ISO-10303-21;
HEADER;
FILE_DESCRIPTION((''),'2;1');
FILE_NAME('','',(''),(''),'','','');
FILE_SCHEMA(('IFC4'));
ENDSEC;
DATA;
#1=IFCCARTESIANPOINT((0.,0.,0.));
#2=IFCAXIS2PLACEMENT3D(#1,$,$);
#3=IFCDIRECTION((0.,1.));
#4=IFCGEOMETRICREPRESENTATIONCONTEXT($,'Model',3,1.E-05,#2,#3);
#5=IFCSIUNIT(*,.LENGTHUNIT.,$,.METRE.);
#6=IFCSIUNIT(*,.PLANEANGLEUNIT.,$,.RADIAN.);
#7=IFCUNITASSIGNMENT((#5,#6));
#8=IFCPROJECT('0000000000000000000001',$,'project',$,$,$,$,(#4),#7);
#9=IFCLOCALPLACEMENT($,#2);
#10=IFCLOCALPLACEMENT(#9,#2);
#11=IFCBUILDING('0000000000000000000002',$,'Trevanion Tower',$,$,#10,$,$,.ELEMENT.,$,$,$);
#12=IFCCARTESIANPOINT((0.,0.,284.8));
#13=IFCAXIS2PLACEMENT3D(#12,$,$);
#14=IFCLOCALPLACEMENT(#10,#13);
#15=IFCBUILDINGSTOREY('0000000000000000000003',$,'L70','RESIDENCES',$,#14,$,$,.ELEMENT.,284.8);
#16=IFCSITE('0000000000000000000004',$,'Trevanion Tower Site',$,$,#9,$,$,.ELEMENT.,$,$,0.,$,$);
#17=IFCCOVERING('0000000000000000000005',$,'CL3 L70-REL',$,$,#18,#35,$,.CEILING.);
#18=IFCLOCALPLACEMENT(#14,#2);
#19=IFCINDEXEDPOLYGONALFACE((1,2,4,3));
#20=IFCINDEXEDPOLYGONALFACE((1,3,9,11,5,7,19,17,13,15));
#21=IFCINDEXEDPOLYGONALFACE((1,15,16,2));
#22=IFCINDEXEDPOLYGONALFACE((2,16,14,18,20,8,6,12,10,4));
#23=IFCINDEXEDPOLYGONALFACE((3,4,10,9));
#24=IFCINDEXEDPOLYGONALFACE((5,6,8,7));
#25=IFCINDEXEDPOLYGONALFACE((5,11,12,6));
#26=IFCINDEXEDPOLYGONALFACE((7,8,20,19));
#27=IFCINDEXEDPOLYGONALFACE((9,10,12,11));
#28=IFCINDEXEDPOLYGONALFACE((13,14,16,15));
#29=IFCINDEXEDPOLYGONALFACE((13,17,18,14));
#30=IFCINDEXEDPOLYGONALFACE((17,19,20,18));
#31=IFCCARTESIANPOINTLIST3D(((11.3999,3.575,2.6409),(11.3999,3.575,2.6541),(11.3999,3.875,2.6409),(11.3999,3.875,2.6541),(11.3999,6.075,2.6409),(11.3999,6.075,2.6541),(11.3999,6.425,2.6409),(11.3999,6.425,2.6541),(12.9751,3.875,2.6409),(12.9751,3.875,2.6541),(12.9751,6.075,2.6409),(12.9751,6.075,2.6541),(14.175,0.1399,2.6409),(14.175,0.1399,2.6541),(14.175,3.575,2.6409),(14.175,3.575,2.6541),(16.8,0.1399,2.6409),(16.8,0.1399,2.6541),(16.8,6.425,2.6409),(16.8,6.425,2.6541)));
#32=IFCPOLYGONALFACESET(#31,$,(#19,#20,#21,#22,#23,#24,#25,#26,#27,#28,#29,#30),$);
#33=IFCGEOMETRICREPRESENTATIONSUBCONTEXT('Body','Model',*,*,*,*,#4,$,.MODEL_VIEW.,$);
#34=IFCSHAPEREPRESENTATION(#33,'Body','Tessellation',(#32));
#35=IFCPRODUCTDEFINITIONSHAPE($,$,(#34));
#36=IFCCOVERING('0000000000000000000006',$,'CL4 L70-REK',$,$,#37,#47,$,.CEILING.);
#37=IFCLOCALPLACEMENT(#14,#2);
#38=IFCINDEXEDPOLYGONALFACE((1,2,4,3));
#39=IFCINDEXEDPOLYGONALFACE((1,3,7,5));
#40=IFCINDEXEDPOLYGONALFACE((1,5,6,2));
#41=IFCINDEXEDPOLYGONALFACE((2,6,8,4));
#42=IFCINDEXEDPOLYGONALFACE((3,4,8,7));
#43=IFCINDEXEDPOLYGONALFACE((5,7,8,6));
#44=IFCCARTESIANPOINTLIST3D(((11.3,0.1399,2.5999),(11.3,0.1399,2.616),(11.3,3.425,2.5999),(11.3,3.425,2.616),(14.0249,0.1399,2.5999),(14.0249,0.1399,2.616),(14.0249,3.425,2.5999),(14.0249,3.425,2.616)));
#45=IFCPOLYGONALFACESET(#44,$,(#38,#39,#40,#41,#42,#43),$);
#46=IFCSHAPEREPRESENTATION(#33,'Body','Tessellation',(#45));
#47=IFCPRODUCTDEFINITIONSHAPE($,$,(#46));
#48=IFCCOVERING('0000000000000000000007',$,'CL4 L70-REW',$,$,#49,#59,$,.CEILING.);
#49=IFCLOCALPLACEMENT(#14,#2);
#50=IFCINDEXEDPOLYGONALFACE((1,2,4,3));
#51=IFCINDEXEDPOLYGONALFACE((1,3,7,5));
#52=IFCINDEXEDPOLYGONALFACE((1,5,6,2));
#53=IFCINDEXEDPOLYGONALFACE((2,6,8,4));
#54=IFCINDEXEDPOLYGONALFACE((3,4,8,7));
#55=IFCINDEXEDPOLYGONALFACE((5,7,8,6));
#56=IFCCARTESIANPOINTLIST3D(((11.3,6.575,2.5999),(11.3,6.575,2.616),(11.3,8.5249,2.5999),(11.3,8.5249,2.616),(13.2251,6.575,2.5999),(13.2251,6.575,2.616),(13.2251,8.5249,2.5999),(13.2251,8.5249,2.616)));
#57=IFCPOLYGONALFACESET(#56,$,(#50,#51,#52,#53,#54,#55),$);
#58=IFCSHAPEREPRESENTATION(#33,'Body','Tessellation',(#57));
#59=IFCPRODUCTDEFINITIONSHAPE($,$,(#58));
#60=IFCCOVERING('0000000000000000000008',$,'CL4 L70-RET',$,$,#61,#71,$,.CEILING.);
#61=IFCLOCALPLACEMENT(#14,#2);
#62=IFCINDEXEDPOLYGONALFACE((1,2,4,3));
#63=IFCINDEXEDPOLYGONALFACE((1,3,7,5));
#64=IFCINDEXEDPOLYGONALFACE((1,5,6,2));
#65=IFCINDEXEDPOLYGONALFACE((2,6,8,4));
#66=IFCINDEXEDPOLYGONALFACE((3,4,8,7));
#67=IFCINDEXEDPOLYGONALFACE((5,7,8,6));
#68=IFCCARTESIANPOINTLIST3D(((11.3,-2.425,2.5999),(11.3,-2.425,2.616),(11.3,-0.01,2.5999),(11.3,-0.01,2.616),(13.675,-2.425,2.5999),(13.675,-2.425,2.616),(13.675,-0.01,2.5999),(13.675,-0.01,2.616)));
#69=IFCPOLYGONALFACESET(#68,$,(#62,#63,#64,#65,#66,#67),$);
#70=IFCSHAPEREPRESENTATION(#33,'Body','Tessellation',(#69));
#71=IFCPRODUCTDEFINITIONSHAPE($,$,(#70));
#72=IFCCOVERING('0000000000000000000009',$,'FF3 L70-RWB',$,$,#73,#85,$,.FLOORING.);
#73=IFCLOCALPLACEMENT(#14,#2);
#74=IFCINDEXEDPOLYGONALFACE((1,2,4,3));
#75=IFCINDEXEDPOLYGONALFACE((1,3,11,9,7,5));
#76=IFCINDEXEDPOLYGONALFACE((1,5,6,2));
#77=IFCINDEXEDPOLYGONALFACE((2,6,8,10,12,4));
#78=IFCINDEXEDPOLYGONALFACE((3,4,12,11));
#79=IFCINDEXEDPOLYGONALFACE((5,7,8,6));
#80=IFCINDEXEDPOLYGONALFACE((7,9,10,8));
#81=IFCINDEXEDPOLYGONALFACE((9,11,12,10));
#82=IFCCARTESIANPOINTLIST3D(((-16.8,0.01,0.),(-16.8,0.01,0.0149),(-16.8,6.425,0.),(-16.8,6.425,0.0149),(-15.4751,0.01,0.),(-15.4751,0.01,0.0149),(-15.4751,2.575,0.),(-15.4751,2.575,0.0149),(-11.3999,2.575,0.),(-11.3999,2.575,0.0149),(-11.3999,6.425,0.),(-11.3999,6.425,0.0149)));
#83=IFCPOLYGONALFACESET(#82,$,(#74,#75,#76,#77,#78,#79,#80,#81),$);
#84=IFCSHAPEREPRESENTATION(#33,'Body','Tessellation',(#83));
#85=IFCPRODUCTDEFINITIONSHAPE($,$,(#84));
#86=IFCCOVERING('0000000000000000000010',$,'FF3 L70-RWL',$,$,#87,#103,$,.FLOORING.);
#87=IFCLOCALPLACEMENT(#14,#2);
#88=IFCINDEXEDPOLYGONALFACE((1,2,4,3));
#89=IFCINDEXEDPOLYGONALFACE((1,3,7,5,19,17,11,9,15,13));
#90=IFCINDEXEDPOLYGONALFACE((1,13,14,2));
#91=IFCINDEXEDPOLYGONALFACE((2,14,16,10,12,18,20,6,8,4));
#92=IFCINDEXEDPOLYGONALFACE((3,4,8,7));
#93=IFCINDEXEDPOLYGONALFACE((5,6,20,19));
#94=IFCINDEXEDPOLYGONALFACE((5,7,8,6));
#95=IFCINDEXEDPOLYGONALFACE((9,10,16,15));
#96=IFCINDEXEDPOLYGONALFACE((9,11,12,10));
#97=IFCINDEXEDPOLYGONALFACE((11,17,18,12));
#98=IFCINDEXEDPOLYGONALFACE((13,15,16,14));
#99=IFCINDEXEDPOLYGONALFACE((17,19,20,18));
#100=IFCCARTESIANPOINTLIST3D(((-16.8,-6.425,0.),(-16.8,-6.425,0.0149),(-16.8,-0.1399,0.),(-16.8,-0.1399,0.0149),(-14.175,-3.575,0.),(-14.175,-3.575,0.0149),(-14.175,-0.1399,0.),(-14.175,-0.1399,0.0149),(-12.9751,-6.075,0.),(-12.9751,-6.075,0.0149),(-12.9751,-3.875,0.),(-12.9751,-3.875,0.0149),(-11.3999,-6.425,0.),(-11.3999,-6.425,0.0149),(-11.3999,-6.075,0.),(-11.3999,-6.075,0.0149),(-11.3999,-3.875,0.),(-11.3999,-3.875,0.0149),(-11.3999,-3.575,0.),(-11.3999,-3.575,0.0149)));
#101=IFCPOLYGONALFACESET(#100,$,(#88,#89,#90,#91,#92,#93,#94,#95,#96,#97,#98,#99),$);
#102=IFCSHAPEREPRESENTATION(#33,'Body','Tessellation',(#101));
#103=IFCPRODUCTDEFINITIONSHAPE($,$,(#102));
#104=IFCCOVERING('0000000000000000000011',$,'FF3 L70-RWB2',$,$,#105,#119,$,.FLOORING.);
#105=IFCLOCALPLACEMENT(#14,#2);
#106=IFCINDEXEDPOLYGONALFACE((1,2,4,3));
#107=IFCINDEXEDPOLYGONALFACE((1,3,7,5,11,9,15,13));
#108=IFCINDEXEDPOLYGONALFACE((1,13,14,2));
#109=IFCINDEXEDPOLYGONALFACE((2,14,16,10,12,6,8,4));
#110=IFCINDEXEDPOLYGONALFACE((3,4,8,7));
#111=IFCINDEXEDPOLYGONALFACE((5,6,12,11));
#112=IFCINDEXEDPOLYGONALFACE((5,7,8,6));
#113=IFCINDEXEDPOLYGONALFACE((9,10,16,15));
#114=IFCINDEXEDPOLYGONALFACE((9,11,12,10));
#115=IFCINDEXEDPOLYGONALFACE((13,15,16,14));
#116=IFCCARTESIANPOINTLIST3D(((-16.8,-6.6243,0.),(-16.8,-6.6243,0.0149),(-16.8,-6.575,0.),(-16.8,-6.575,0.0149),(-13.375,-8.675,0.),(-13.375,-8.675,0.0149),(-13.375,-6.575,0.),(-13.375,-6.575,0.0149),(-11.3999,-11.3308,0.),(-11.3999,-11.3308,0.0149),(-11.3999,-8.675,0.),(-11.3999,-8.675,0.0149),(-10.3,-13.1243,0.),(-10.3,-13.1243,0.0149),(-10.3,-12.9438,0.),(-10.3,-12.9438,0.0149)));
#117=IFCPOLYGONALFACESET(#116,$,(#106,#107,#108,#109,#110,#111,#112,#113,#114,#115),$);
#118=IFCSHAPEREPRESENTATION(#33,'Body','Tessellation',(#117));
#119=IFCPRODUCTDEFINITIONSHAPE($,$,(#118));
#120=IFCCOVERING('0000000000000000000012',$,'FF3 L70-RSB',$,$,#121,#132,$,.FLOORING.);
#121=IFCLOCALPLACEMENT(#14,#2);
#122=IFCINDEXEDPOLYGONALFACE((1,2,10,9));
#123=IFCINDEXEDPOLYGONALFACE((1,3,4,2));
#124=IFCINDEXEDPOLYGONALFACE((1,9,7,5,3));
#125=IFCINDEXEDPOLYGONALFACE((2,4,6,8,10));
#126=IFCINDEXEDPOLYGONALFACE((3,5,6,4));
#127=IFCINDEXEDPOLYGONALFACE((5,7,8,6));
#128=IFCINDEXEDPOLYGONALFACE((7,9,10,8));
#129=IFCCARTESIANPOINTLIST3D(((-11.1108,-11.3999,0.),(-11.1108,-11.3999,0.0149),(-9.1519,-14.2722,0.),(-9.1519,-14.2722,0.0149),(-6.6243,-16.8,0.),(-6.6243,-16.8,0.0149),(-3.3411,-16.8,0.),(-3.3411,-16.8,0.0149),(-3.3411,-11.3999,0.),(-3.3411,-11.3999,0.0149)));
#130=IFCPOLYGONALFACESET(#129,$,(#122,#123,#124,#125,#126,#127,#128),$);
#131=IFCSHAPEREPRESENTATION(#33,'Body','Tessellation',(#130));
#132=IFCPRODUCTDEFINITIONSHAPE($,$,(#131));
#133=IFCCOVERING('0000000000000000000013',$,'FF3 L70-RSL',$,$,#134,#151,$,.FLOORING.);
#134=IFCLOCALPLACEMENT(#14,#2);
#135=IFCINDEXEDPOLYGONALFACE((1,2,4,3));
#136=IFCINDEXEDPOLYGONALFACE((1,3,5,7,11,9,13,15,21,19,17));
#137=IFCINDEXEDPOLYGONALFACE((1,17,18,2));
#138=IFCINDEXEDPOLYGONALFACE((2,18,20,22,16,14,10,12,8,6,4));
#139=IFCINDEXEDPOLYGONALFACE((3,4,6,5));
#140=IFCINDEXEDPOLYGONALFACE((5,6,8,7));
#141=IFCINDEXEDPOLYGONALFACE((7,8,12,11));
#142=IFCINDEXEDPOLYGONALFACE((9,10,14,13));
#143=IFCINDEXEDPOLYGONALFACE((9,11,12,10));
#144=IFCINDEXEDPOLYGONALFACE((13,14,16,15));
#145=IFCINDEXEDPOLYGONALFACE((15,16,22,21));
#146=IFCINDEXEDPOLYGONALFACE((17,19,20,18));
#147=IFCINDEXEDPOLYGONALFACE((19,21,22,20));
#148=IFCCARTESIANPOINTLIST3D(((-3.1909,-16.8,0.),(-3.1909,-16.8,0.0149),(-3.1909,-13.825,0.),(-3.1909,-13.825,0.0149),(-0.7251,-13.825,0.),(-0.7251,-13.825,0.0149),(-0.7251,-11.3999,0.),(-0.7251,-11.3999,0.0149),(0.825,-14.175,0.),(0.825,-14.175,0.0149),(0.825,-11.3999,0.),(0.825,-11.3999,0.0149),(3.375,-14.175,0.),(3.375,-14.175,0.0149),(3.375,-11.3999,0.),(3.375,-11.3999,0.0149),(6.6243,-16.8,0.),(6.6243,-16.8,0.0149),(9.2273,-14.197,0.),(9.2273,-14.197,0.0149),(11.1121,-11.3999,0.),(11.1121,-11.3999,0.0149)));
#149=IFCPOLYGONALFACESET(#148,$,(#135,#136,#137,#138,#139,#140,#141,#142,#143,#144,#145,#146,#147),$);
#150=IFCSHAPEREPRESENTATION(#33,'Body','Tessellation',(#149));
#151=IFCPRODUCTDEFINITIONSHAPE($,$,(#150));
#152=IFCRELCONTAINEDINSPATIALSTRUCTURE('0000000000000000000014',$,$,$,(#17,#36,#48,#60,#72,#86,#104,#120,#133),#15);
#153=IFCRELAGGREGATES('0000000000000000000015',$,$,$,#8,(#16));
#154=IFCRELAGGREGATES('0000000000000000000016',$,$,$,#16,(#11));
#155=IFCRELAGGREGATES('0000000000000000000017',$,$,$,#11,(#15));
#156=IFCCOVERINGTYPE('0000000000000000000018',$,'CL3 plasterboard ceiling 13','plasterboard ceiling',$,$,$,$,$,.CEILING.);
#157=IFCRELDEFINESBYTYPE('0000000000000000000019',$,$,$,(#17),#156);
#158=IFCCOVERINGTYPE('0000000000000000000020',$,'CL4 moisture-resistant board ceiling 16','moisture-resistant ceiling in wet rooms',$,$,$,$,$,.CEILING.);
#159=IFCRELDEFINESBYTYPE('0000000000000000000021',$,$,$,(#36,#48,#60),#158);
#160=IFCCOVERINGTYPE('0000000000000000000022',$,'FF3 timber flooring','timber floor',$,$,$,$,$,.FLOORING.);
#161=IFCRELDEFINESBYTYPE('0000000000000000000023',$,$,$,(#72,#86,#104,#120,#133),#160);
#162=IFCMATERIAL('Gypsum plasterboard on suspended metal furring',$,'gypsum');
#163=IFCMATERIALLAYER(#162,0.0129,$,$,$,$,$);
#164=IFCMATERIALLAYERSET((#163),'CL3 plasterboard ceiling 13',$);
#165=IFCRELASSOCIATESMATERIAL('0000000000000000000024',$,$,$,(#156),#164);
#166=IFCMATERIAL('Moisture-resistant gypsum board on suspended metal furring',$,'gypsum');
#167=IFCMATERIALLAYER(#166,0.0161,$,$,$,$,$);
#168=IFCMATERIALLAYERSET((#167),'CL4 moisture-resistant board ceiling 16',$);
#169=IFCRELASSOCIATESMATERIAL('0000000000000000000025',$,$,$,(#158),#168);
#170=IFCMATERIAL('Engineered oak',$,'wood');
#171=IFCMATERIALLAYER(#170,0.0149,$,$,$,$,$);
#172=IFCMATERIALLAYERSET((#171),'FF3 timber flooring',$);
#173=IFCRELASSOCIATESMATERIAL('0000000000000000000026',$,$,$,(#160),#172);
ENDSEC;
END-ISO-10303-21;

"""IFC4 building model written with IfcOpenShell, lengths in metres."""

from ifc_helpers import new_model, si_unit, direction, frame, origin, place, context, subcontext, project, spatial, polyline, outline, extrude, material, layer, layer_set, type_object, element, save


model = new_model("IFC4")

# Units and contexts
model_context = context("Model", 3, precision=1e-05, world=origin(), true_north=direction((0.0, 1.0)))
body_context = subcontext(model_context, "Body", "Model", "MODEL_VIEW")
ifc_project = project(units=[si_unit("LENGTHUNIT", "METRE"), si_unit("PLANEANGLEUNIT", "RADIAN")], contexts=[model_context])

# Site, building, storey
site_placement = place(None, origin())
site = spatial("IfcSite", under=ifc_project, at=site_placement, Name="Trevanion Tower Site", CompositionType="ELEMENT", RefElevation=0.0)
building_placement = place(site_placement, origin())
building = spatial("IfcBuilding", under=site, at=building_placement, Name="Trevanion Tower", CompositionType="ELEMENT")
storey_placement = place(building_placement, frame((0.0, 0.0, 284.8)))
storey = spatial("IfcBuildingStorey", under=building, at=storey_placement, Name="L70", Description="RESIDENCES", CompositionType="ELEMENT", Elevation=284.8)

# Coverings
ifc_material_1 = material(Name="Gypsum plasterboard on suspended metal furring", Category="gypsum")
ifc_layer_1 = layer(ifc_material_1, 0.0129)
ifc_layer_set_1 = layer_set([ifc_layer_1], Name="CL3 plasterboard ceiling 13")
covering_type_1 = type_object("IfcCoveringType", Name="CL3 plasterboard ceiling 13", Description="plasterboard ceiling", PredefinedType="CEILING", material=ifc_layer_set_1)
covering_1_placement = place(storey_placement, frame((0.0, 0.0, 2.6409)))
element("IfcCovering", 1, at=covering_1_placement, inside=storey, type_object=covering_type_1, Name="CL3 L70-REL", PredefinedType="CEILING", context=body_context, shape_type="SweptSolid", body=[
    extrude(outline(polyline([(14.175, 0.1399), (14.175, 3.575), (11.3999, 3.575), (11.3999, 3.875), (12.9751, 3.875), (12.9751, 6.075), (11.3999, 6.075), (11.3999, 6.425), (16.8, 6.425), (16.8, 0.1399), (14.175, 0.1399)])), origin(), (0.0, 0.0, 1.0), 0.0132),
])
ifc_material_2 = material(Name="Moisture-resistant gypsum board on suspended metal furring", Category="gypsum")
ifc_layer_2 = layer(ifc_material_2, 0.0161)
ifc_layer_set_2 = layer_set([ifc_layer_2], Name="CL4 moisture-resistant board ceiling 16")
covering_type_2 = type_object("IfcCoveringType", Name="CL4 moisture-resistant board ceiling 16", Description="moisture-resistant ceiling in wet rooms", PredefinedType="CEILING", material=ifc_layer_set_2)
covering_2_placement = place(storey_placement, frame((0.0, 0.0, 2.5999)))
element("IfcCovering", 2, at=covering_2_placement, inside=storey, type_object=covering_type_2, Name="CL4 L70-REK", PredefinedType="CEILING", context=body_context, shape_type="SweptSolid", body=[
    extrude(outline(polyline([(14.0249, 0.1399), (14.0249, 3.425), (11.3, 3.425), (11.3, 0.1399), (14.0249, 0.1399)])), origin(), (0.0, 0.0, 1.0), 0.0161),
])
covering_3_placement = place(storey_placement, frame((0.0, 0.0, 2.5999)))
element("IfcCovering", 3, at=covering_3_placement, inside=storey, type_object=covering_type_2, Name="CL4 L70-REW", PredefinedType="CEILING", context=body_context, shape_type="SweptSolid", body=[
    extrude(outline(polyline([(13.2251, 6.575), (13.2251, 8.5249), (11.3, 8.5249), (11.3, 6.575), (13.2251, 6.575)])), origin(), (0.0, 0.0, 1.0), 0.0161),
])
covering_4_placement = place(storey_placement, frame((0.0, 0.0, 2.5999)))
element("IfcCovering", 4, at=covering_4_placement, inside=storey, type_object=covering_type_2, Name="CL4 L70-RET", PredefinedType="CEILING", context=body_context, shape_type="SweptSolid", body=[
    extrude(outline(polyline([(13.675, -2.425), (13.675, -0.01), (11.3, -0.01), (11.3, -2.425), (13.675, -2.425)])), origin(), (0.0, 0.0, 1.0), 0.0161),
])
ifc_material_3 = material(Name="Engineered oak", Category="wood")
ifc_layer_3 = layer(ifc_material_3, 0.0149)
ifc_layer_set_3 = layer_set([ifc_layer_3], Name="FF3 timber flooring")
covering_type_3 = type_object("IfcCoveringType", Name="FF3 timber flooring", Description="timber floor", PredefinedType="FLOORING", material=ifc_layer_set_3)
covering_5_placement = place(storey_placement, origin())
element("IfcCovering", 5, at=covering_5_placement, inside=storey, type_object=covering_type_3, Name="FF3 L70-RWB", PredefinedType="FLOORING", context=body_context, shape_type="SweptSolid", body=[
    extrude(outline(polyline([(-11.3999, 6.425), (-11.3999, 2.575), (-15.4751, 2.575), (-15.4751, 0.01), (-16.8, 0.01), (-16.8, 6.425), (-11.3999, 6.425)])), origin(), (0.0, 0.0, 1.0), 0.0149),
])
covering_6_placement = place(storey_placement, origin())
element("IfcCovering", 6, at=covering_6_placement, inside=storey, type_object=covering_type_3, Name="FF3 L70-RWL", PredefinedType="FLOORING", context=body_context, shape_type="SweptSolid", body=[
    extrude(outline(polyline([(-14.175, -0.1399), (-14.175, -3.575), (-11.3999, -3.575), (-11.3999, -3.875), (-12.9751, -3.875), (-12.9751, -6.075), (-11.3999, -6.075), (-11.3999, -6.425), (-16.8, -6.425), (-16.8, -0.1399), (-14.175, -0.1399)])), origin(), (0.0, 0.0, 1.0), 0.0149),
])
covering_7_placement = place(storey_placement, origin())
element("IfcCovering", 7, at=covering_7_placement, inside=storey, type_object=covering_type_3, Name="FF3 L70-RWB2", PredefinedType="FLOORING", context=body_context, shape_type="SweptSolid", body=[
    extrude(outline(polyline([(-13.375, -6.575), (-13.375, -8.675), (-11.3999, -8.675), (-11.3999, -11.3308), (-10.3, -12.9438), (-10.3, -13.1243), (-16.8, -6.6243), (-16.8, -6.575), (-13.375, -6.575)])), origin(), (0.0, 0.0, 1.0), 0.0149),
])
covering_8_placement = place(storey_placement, origin())
element("IfcCovering", 8, at=covering_8_placement, inside=storey, type_object=covering_type_3, Name="FF3 L70-RSB", PredefinedType="FLOORING", context=body_context, shape_type="SweptSolid", body=[
    extrude(outline(polyline([(-11.1108, -11.3999), (-3.3411, -11.3999), (-3.3411, -16.8), (-6.6243, -16.8), (-9.1519, -14.2722), (-11.1108, -11.3999)])), origin(), (0.0, 0.0, 1.0), 0.0149),
])
covering_9_placement = place(storey_placement, origin())
element("IfcCovering", 9, at=covering_9_placement, inside=storey, type_object=covering_type_3, Name="FF3 L70-RSL", PredefinedType="FLOORING", context=body_context, shape_type="SweptSolid", body=[
    extrude(outline(polyline([(9.2273, -14.197), (6.6243, -16.8), (-3.1909, -16.8), (-3.1909, -13.825), (-0.7251, -13.825), (-0.7251, -11.3999), (0.825, -11.3999), (0.825, -14.175), (3.375, -14.175), (3.375, -11.3999), (11.1121, -11.3999), (9.2273, -14.197)])), origin(), (0.0, 0.0, 1.0), 0.0149),
])

save(model, "model.ifc")
